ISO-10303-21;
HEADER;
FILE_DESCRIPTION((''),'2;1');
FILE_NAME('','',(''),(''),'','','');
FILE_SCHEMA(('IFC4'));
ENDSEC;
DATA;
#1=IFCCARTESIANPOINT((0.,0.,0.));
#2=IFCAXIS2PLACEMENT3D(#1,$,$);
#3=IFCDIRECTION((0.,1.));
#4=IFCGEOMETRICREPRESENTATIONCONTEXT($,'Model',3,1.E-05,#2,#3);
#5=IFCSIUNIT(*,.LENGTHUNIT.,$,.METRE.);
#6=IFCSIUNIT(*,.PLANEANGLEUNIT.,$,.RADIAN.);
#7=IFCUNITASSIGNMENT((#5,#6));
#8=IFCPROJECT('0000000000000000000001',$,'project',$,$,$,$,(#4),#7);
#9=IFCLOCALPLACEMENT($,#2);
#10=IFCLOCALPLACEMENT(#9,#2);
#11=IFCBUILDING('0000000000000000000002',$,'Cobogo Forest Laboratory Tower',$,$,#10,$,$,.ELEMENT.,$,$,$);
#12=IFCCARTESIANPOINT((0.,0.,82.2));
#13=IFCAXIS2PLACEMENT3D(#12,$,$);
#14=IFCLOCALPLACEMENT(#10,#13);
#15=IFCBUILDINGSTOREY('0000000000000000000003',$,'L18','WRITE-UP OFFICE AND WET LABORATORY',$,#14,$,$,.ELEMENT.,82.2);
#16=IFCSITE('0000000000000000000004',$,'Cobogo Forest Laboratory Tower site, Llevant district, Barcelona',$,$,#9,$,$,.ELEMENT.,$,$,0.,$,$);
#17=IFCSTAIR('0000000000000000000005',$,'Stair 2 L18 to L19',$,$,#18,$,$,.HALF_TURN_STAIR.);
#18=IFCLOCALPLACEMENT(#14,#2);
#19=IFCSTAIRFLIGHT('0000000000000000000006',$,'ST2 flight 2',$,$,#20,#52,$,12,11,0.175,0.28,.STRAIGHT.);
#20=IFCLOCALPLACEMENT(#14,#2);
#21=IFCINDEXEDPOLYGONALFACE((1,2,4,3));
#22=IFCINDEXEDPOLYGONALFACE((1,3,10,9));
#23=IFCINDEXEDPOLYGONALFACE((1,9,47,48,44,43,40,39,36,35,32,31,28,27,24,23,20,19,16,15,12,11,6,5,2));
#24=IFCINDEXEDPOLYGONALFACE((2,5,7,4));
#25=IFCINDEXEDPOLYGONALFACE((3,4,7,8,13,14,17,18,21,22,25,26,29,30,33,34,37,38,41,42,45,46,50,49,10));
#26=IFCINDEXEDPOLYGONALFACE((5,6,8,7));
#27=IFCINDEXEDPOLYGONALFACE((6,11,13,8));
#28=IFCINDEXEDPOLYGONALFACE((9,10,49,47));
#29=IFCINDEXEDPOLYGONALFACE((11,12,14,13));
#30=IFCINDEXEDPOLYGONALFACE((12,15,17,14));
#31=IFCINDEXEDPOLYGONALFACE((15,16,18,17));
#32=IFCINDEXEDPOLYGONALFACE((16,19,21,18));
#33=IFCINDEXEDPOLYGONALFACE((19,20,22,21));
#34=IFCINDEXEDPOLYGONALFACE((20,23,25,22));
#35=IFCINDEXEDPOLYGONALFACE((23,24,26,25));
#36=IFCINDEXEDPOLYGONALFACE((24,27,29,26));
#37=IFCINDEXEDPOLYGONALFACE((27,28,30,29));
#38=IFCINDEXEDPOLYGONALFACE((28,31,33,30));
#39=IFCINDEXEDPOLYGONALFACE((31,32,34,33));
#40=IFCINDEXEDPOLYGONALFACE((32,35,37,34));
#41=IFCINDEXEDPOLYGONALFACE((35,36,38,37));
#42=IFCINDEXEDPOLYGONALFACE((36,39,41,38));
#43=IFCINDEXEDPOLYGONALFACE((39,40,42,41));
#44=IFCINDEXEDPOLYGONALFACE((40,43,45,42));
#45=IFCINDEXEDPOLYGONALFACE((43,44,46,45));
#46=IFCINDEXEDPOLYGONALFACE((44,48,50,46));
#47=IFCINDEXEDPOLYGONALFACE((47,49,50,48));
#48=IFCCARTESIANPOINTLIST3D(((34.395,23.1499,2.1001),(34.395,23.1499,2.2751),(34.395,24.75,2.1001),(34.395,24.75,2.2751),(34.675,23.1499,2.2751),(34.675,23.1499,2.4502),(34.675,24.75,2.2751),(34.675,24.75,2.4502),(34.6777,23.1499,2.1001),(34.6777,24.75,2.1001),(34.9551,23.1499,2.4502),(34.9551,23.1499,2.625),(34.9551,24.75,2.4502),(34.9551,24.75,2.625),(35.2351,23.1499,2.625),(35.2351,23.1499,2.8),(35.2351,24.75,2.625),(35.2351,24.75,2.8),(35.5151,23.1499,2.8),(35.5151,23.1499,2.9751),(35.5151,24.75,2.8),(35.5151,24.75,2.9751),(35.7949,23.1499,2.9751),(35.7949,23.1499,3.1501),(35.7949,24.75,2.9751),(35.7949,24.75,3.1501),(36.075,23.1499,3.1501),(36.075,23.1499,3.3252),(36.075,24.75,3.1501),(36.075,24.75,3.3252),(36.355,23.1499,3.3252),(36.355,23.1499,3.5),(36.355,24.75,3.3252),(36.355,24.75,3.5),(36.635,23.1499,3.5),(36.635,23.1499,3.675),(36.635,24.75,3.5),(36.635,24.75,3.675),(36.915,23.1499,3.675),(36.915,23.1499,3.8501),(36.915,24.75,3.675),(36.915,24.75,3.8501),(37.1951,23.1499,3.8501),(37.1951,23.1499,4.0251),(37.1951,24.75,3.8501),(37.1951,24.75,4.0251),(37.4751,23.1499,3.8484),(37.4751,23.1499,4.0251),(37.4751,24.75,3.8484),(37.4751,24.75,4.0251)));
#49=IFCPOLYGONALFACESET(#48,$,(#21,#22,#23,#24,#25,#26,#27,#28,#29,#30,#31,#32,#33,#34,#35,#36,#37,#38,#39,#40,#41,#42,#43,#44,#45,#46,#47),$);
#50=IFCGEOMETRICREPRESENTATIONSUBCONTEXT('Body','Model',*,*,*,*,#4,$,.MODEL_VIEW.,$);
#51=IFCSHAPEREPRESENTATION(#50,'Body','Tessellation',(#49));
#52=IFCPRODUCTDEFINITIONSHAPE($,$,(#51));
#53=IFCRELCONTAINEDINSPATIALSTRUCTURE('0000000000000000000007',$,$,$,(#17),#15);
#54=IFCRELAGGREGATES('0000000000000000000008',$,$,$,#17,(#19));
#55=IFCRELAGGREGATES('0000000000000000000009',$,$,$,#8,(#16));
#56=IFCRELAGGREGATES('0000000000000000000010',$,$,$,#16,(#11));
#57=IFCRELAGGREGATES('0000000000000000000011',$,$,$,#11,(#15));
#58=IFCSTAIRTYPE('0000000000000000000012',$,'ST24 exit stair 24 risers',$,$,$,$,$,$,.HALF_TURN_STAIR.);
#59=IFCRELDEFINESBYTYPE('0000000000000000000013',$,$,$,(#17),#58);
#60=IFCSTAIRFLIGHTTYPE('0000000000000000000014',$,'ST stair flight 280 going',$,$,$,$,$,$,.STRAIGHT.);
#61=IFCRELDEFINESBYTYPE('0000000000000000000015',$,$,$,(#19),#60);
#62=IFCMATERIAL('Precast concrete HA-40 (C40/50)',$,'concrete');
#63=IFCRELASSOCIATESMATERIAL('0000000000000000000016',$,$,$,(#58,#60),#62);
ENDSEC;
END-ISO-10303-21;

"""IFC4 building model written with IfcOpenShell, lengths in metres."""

from ifc_helpers import new_model, si_unit, direction, frame, origin, place, context, subcontext, project, spatial, polyline, outline, extrude, material, type_object, element, aggregate, save


model = new_model("IFC4")

# Units and contexts
model_context = context("Model", 3, precision=1e-05, world=origin(), true_north=direction((0.0, 1.0)))
body_context = subcontext(model_context, "Body", "Model", "MODEL_VIEW")
ifc_project = project(units=[si_unit("LENGTHUNIT", "METRE"), si_unit("PLANEANGLEUNIT", "RADIAN")], contexts=[model_context])

# Site, building, storey
site_placement = place(None, origin())
site = spatial("IfcSite", under=ifc_project, at=site_placement, Name="Cobogo Forest Laboratory Tower site, Llevant district, Barcelona", CompositionType="ELEMENT", RefElevation=0.0)
building_placement = place(site_placement, origin())
building = spatial("IfcBuilding", under=site, at=building_placement, Name="Cobogo Forest Laboratory Tower", CompositionType="ELEMENT")
storey_placement = place(building_placement, frame((0.0, 0.0, 82.2)))
storey = spatial("IfcBuildingStorey", under=building, at=storey_placement, Name="L18", Description="WRITE-UP OFFICE AND WET LABORATORY", CompositionType="ELEMENT", Elevation=82.2)

# Stair, stair flight
ifc_material_1 = material(Name="Precast concrete HA-40 (C40/50)", Category="concrete")
stair_type = type_object("IfcStairType", Name="ST24 exit stair 24 risers", PredefinedType="HALF_TURN_STAIR", material=ifc_material_1)
stair_placement = place(storey_placement, origin())
stair = element("IfcStair", 1, at=stair_placement, inside=storey, type_object=stair_type, Name="Stair 2 L18 to L19", PredefinedType="HALF_TURN_STAIR")
stair_flight_type = type_object("IfcStairFlightType", Name="ST stair flight 280 going", PredefinedType="STRAIGHT", material=ifc_material_1)
stair_flight_1_placement = place(storey_placement, frame((34.395, 23.95, 2.1001), z_axis=(0.0, 0.0, 1.0), x_axis=(1.0, 0.0, 0.0)))
stair_flight_1 = element("IfcStairFlight", 2, at=stair_flight_1_placement, type_object=stair_flight_type, Name="ST2 flight 2", NumberOfRisers=12, NumberOfTreads=11, PredefinedType="STRAIGHT", RiserHeight=0.175, TreadLength=0.28, context=body_context, shape_type="SweptSolid", body=[
    extrude(outline(polyline([(0.0, 0.0), (0.0, 0.175), (0.28, 0.175), (0.28, 0.3501), (0.5601, 0.3501), (0.5601, 0.5249), (0.8401, 0.5249), (0.8401, 0.7), (1.1201, 0.7), (1.1201, 0.875), (1.3999, 0.875), (1.3999, 1.05), (1.6799, 1.05), (1.6799, 1.2251), (1.96, 1.2251), (1.96, 1.3999), (2.24, 1.3999), (2.24, 1.575), (2.52, 1.575), (2.52, 1.75), (2.8, 1.75), (2.8, 1.925), (3.0801, 1.925), (3.0801, 2.1001), (3.0801, 1.7483), (0.2827, 0.0), (0.0, 0.0)])), frame((0.0, 0.8, 0.0), z_axis=(0.0, -1.0, 0.0), x_axis=(1.0, 0.0, 0.0)), (0.0, 0.0, 1.0), 1.6001),
])
aggregate(stair, [stair_flight_1])

save(model, "model.ifc")
